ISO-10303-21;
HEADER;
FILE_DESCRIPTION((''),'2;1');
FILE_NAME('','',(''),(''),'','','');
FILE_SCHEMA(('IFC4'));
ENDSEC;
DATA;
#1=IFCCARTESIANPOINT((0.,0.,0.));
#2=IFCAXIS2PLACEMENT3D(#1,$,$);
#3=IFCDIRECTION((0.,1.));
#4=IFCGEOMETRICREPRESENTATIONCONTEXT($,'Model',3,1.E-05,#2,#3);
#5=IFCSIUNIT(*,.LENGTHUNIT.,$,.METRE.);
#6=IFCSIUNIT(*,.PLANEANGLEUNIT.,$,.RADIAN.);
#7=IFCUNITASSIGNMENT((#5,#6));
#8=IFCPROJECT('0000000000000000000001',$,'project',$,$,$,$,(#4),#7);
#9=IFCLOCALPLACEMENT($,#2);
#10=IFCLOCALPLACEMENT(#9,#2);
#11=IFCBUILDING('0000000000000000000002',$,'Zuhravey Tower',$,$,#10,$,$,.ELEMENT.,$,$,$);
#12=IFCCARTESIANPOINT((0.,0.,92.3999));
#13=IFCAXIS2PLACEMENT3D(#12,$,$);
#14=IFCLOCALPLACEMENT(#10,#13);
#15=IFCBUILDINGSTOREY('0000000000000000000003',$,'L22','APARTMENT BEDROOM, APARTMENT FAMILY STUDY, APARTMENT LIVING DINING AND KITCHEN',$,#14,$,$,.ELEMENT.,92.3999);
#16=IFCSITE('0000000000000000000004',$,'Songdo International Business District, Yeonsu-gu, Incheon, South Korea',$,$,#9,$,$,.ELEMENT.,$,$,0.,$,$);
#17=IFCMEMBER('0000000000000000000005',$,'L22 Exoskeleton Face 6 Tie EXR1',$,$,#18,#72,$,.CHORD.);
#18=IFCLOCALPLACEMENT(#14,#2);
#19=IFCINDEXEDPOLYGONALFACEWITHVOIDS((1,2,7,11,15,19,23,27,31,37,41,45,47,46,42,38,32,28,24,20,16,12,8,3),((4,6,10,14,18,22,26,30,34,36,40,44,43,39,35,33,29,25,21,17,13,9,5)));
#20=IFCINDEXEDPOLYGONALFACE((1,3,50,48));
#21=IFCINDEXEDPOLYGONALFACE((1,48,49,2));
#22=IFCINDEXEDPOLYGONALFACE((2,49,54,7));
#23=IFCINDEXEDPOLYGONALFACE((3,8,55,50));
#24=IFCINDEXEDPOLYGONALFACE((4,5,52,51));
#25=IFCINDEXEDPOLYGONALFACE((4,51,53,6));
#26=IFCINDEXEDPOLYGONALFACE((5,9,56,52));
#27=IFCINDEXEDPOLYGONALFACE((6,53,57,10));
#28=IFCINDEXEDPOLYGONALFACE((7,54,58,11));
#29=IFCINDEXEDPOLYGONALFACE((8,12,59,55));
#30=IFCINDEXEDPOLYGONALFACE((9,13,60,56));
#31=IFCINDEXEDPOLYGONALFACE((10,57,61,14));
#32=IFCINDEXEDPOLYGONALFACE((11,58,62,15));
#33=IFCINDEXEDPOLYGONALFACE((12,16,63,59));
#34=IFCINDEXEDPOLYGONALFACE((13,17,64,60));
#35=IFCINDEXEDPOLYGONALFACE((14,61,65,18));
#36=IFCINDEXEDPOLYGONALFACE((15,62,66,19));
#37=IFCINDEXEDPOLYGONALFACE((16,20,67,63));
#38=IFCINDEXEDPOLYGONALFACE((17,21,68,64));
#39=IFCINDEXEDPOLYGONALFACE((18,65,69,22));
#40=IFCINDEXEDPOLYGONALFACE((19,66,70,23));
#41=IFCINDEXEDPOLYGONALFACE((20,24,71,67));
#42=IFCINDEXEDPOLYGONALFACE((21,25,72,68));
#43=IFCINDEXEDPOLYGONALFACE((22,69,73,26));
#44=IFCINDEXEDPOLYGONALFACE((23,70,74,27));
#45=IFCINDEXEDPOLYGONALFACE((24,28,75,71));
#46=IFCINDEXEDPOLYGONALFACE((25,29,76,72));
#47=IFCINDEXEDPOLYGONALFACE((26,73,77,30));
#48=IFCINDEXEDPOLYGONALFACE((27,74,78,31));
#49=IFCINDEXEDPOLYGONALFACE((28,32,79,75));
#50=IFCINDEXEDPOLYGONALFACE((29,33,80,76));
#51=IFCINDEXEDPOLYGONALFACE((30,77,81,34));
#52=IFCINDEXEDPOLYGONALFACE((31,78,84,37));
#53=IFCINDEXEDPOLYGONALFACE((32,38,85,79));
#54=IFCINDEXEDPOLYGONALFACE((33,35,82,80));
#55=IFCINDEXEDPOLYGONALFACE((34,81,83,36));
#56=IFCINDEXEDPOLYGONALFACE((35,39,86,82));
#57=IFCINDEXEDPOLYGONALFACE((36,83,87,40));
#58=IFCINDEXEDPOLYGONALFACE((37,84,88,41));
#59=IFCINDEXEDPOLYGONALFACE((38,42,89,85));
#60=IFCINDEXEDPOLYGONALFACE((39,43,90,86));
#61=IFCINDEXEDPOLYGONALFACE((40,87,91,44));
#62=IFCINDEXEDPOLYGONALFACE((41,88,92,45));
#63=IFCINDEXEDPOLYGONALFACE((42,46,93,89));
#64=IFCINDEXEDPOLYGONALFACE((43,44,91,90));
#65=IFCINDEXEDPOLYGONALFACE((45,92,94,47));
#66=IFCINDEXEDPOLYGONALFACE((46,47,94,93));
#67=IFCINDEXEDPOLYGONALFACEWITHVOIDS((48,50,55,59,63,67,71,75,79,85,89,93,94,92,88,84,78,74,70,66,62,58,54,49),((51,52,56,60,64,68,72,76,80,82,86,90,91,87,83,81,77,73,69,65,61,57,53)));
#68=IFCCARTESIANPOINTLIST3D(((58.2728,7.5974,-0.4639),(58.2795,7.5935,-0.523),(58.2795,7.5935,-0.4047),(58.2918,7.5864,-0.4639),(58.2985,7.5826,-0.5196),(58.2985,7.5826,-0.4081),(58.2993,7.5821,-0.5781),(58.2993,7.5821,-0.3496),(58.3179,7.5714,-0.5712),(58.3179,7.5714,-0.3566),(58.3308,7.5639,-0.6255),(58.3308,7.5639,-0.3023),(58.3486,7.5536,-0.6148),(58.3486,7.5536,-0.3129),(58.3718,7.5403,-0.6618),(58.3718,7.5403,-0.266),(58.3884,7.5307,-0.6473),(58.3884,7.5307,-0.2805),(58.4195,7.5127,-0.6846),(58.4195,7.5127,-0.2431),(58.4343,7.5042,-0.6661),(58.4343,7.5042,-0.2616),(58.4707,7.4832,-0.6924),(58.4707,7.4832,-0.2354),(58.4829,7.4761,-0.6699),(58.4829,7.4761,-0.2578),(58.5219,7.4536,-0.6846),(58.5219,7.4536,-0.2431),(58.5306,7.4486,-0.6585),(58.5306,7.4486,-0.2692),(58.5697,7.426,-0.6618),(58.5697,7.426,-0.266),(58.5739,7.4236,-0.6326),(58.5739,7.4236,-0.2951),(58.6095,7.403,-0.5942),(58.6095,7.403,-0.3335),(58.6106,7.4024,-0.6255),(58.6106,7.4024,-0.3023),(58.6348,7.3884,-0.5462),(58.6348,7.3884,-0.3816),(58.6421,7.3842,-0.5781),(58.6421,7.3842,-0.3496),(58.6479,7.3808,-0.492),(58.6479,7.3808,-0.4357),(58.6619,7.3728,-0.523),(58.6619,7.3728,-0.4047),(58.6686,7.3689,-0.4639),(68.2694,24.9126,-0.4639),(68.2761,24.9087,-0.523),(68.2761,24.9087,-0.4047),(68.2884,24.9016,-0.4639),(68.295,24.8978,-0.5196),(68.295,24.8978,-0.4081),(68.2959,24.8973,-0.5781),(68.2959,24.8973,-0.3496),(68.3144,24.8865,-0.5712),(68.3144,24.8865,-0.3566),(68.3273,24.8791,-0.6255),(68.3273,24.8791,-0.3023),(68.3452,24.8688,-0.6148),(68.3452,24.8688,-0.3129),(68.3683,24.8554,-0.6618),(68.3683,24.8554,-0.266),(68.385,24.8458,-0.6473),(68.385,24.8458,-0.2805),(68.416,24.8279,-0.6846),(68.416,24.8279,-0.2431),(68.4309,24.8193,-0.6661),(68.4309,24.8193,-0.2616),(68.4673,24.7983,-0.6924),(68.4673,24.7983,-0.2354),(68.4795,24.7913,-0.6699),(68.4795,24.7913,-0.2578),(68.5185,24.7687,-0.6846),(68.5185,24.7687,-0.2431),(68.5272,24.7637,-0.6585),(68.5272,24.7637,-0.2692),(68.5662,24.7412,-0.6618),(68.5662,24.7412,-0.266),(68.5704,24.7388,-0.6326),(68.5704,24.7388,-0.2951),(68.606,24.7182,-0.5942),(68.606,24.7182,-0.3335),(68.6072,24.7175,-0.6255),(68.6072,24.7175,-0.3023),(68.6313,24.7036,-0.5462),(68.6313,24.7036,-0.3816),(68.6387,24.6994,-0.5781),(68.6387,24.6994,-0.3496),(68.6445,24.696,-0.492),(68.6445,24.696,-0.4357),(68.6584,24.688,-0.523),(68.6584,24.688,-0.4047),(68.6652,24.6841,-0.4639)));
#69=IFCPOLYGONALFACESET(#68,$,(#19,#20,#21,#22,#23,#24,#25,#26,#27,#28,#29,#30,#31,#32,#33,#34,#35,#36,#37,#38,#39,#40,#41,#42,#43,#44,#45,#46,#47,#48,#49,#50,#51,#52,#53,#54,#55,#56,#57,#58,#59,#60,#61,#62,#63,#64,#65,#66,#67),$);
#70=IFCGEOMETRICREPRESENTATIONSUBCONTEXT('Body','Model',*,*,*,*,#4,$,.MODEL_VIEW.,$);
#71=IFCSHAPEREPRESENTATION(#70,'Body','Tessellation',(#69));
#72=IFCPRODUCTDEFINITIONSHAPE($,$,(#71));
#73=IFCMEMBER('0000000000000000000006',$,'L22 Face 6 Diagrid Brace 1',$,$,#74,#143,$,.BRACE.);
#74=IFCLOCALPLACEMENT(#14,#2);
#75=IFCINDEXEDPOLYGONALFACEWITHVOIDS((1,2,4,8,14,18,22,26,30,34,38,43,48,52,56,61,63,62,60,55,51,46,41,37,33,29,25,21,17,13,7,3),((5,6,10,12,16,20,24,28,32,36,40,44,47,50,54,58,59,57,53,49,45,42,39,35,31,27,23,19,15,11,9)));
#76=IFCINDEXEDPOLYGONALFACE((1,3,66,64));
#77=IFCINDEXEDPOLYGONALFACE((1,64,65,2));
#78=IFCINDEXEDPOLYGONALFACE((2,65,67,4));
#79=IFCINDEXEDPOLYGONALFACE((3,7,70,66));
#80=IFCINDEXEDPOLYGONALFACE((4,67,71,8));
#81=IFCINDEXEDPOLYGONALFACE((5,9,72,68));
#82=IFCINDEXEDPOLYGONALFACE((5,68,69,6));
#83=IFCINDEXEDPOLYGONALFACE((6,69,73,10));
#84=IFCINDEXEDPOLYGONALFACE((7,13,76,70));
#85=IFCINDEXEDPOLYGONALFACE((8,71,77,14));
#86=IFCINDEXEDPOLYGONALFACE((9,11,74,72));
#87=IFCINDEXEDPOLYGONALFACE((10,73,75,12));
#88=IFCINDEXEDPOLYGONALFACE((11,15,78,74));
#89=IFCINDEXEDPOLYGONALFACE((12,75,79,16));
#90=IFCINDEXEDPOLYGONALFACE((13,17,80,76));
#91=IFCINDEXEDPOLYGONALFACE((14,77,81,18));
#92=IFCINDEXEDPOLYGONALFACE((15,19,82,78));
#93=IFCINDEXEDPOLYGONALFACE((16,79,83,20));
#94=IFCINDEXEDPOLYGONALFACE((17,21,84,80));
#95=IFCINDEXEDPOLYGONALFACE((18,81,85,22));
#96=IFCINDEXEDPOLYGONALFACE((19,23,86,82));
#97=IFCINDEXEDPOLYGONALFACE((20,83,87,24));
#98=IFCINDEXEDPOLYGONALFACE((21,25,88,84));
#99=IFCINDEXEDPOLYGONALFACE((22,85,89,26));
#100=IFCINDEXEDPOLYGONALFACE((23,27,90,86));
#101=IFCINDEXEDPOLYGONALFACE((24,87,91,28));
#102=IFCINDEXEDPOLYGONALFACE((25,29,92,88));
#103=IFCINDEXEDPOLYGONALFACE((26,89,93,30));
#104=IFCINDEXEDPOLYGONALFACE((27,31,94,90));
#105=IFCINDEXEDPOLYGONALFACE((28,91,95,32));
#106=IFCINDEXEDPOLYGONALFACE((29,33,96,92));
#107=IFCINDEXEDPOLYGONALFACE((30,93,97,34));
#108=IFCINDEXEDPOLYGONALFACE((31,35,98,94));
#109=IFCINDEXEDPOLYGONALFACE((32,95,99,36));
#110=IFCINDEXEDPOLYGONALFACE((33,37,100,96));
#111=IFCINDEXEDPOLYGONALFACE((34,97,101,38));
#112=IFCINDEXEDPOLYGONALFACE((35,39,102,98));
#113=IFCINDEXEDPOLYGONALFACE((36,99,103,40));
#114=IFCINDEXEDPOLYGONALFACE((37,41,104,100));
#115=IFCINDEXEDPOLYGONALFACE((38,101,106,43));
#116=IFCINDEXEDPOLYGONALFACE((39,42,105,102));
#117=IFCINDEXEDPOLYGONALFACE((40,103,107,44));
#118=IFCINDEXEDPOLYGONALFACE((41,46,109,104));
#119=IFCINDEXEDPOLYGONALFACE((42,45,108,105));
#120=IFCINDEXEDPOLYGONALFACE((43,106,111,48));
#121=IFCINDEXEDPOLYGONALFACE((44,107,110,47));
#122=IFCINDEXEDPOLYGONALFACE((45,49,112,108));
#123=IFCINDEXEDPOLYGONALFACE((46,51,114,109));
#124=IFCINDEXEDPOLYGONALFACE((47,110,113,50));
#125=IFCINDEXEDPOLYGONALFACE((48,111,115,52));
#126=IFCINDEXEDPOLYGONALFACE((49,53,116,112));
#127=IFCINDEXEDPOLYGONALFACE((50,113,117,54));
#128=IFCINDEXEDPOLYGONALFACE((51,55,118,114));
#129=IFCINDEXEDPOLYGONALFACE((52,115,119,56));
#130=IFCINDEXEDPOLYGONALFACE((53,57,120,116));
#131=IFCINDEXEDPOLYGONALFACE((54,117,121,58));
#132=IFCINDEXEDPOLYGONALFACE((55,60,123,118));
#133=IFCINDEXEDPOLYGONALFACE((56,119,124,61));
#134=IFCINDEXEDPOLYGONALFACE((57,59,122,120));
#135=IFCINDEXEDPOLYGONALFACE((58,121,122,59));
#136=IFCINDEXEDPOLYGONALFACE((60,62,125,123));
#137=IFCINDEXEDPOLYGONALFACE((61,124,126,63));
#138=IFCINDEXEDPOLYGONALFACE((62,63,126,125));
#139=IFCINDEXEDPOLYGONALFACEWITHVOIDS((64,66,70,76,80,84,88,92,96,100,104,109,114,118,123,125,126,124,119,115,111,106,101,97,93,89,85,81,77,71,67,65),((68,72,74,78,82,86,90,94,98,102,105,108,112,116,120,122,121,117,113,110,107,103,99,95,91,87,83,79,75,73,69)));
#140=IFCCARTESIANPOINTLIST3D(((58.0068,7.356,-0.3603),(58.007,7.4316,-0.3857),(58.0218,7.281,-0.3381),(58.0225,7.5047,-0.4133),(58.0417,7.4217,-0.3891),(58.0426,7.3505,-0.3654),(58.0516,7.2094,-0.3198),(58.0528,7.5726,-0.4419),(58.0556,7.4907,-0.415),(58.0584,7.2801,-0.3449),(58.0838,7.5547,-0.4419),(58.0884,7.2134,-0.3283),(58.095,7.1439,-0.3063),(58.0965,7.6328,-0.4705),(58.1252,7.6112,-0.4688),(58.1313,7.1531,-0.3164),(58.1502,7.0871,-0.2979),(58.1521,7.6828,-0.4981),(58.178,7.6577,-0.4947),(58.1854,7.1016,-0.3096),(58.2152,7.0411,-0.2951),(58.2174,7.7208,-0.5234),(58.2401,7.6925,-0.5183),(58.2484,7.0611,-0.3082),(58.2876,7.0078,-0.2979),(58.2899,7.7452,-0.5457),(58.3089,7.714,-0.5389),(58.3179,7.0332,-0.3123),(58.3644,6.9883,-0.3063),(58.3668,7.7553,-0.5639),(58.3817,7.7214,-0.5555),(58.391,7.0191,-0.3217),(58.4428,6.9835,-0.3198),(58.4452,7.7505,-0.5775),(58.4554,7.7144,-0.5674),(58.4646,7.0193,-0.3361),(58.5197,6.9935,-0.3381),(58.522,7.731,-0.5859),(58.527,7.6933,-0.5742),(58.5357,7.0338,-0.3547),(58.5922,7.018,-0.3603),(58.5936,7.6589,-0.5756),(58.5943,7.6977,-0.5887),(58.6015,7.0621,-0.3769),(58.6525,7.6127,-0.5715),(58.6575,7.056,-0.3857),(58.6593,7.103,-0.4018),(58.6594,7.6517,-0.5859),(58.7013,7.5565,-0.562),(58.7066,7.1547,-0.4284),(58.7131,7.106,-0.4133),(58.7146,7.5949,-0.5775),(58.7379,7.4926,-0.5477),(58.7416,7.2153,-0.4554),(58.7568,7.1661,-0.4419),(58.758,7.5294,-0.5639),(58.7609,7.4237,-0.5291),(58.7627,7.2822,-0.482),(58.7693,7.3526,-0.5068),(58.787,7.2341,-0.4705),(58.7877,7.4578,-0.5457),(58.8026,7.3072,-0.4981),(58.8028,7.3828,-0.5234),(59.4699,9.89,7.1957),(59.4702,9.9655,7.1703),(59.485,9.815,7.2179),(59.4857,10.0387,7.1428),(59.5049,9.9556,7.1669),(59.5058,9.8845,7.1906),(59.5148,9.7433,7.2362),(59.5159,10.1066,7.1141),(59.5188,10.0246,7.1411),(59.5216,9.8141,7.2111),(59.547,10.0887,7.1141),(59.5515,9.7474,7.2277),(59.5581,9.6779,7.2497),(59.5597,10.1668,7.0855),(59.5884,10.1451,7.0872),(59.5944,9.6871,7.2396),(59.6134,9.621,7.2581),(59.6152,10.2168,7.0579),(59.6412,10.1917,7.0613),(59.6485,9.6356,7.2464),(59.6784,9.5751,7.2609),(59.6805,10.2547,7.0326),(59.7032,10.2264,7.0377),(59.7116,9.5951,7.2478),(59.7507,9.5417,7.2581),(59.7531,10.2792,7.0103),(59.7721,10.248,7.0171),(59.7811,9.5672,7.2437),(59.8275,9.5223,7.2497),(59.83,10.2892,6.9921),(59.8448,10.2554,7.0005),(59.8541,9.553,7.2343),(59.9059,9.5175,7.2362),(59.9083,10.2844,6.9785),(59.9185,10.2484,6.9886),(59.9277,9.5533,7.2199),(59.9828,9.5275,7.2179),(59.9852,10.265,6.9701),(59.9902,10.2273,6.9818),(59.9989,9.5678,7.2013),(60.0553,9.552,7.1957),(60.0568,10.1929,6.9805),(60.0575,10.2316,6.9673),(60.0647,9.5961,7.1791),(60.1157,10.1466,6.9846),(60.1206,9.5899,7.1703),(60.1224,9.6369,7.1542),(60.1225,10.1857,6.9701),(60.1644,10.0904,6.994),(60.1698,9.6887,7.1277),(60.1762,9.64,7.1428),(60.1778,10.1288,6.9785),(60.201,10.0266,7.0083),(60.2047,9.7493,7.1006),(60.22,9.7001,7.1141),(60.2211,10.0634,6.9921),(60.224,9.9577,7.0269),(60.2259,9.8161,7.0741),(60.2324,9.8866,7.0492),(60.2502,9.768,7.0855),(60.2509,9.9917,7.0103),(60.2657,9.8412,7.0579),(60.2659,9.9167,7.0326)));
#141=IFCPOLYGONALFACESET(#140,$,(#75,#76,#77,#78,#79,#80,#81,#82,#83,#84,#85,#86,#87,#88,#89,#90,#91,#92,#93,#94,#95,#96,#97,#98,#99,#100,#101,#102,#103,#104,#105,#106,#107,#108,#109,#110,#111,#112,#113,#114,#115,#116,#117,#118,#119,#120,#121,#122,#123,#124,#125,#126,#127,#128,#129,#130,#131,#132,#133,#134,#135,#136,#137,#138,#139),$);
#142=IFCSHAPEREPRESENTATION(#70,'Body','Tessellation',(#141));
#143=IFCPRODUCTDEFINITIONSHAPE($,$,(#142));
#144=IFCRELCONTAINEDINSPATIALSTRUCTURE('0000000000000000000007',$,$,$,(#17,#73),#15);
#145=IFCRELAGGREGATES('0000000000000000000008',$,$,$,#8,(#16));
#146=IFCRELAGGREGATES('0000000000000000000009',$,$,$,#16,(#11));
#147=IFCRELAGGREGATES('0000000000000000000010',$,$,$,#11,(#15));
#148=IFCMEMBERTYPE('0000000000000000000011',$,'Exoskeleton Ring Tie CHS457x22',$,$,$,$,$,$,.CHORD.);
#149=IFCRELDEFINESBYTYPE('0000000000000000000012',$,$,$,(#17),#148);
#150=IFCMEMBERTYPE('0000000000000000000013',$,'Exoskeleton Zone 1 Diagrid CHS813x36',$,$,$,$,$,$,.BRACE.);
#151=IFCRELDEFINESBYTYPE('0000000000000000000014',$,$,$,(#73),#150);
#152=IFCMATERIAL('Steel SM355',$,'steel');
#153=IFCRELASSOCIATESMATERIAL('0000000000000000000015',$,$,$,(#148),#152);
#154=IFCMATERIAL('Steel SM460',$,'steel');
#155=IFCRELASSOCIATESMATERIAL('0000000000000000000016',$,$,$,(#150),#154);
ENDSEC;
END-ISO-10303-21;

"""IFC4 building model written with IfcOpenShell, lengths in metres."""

from ifc_helpers import new_model, si_unit, direction, frame, origin, origin_2d, place, context, subcontext, project, spatial, hollow_circle, extrude, material, material_profile, profile_set, type_object, element, save


model = new_model("IFC4")

# Units and contexts
model_context = context("Model", 3, precision=1e-05, world=origin(), true_north=direction((0.0, 1.0)))
body_context = subcontext(model_context, "Body", "Model", "MODEL_VIEW")
ifc_project = project(units=[si_unit("LENGTHUNIT", "METRE"), si_unit("PLANEANGLEUNIT", "RADIAN")], contexts=[model_context])

# Site, building, storey
site_placement = place(None, origin())
site = spatial("IfcSite", under=ifc_project, at=site_placement, Name="Songdo International Business District, Yeonsu-gu, Incheon, South Korea", CompositionType="ELEMENT", RefElevation=0.0)
building_placement = place(site_placement, origin())
building = spatial("IfcBuilding", under=site, at=building_placement, Name="Zuhravey Tower", CompositionType="ELEMENT")
storey_placement = place(building_placement, frame((0.0, 0.0, 92.3999)))
storey = spatial("IfcBuildingStorey", under=building, at=storey_placement, Name="L22", Description="APARTMENT BEDROOM, APARTMENT FAMILY STUDY, APARTMENT LIVING DINING AND KITCHEN", CompositionType="ELEMENT", Elevation=92.3999)

# Members
ifc_material_1 = material(Name="Steel SM355", Category="steel")
ifc_material_profile_1 = material_profile(ifc_material_1, hollow_circle(Radius=0.2285, WallThickness=0.022, at=origin_2d()), Name="CHS-457.2x22")
ifc_profile_set_1 = profile_set([ifc_material_profile_1], Name="Steel SM355")
member_type_1 = type_object("IfcMemberType", Name="Exoskeleton Ring Tie CHS457x22", PredefinedType="CHORD", material=ifc_profile_set_1)
member_1_placement = place(storey_placement, frame((58.4707, 7.4832, -0.4639), z_axis=(0.499987, 0.866033, 0.0), x_axis=(-0.866033, 0.499987, 0.0)))
element("IfcMember", 1, at=member_1_placement, inside=storey, type_object=member_type_1, Name="L22 Exoskeleton Face 6 Tie EXR1", PredefinedType="CHORD", context=body_context, shape_type="SweptSolid", body=[
    extrude(hollow_circle(Radius=0.2285, WallThickness=0.022, at=origin_2d()), origin(), (0.0, 0.0, 1.0), 19.9937),
])
ifc_material_2 = material(Name="Steel SM460", Category="steel")
ifc_material_profile_2 = material_profile(ifc_material_2, hollow_circle(Radius=0.4065, WallThickness=0.0359, at=origin_2d()), Name="CHS-812.8x36")
ifc_profile_set_2 = profile_set([ifc_material_profile_2], Name="Steel SM460")
member_type_2 = type_object("IfcMemberType", Name="Exoskeleton Zone 1 Diagrid CHS813x36", PredefinedType="BRACE", material=ifc_profile_set_2)
member_2_placement = place(storey_placement, frame((58.4048, 7.3694, -0.4419), z_axis=(0.180574, 0.312728, 0.93252), x_axis=(-0.866001, 0.500043, 0.0)))
element("IfcMember", 2, at=member_2_placement, inside=storey, type_object=member_type_2, Name="L22 Face 6 Diagrid Brace 1", PredefinedType="BRACE", context=body_context, shape_type="SweptSolid", body=[
    extrude(hollow_circle(Radius=0.4065, WallThickness=0.0359, at=origin_2d()), origin(), (0.0, 0.0, 1.0), 8.1028),
])

save(model, "model.ifc")
